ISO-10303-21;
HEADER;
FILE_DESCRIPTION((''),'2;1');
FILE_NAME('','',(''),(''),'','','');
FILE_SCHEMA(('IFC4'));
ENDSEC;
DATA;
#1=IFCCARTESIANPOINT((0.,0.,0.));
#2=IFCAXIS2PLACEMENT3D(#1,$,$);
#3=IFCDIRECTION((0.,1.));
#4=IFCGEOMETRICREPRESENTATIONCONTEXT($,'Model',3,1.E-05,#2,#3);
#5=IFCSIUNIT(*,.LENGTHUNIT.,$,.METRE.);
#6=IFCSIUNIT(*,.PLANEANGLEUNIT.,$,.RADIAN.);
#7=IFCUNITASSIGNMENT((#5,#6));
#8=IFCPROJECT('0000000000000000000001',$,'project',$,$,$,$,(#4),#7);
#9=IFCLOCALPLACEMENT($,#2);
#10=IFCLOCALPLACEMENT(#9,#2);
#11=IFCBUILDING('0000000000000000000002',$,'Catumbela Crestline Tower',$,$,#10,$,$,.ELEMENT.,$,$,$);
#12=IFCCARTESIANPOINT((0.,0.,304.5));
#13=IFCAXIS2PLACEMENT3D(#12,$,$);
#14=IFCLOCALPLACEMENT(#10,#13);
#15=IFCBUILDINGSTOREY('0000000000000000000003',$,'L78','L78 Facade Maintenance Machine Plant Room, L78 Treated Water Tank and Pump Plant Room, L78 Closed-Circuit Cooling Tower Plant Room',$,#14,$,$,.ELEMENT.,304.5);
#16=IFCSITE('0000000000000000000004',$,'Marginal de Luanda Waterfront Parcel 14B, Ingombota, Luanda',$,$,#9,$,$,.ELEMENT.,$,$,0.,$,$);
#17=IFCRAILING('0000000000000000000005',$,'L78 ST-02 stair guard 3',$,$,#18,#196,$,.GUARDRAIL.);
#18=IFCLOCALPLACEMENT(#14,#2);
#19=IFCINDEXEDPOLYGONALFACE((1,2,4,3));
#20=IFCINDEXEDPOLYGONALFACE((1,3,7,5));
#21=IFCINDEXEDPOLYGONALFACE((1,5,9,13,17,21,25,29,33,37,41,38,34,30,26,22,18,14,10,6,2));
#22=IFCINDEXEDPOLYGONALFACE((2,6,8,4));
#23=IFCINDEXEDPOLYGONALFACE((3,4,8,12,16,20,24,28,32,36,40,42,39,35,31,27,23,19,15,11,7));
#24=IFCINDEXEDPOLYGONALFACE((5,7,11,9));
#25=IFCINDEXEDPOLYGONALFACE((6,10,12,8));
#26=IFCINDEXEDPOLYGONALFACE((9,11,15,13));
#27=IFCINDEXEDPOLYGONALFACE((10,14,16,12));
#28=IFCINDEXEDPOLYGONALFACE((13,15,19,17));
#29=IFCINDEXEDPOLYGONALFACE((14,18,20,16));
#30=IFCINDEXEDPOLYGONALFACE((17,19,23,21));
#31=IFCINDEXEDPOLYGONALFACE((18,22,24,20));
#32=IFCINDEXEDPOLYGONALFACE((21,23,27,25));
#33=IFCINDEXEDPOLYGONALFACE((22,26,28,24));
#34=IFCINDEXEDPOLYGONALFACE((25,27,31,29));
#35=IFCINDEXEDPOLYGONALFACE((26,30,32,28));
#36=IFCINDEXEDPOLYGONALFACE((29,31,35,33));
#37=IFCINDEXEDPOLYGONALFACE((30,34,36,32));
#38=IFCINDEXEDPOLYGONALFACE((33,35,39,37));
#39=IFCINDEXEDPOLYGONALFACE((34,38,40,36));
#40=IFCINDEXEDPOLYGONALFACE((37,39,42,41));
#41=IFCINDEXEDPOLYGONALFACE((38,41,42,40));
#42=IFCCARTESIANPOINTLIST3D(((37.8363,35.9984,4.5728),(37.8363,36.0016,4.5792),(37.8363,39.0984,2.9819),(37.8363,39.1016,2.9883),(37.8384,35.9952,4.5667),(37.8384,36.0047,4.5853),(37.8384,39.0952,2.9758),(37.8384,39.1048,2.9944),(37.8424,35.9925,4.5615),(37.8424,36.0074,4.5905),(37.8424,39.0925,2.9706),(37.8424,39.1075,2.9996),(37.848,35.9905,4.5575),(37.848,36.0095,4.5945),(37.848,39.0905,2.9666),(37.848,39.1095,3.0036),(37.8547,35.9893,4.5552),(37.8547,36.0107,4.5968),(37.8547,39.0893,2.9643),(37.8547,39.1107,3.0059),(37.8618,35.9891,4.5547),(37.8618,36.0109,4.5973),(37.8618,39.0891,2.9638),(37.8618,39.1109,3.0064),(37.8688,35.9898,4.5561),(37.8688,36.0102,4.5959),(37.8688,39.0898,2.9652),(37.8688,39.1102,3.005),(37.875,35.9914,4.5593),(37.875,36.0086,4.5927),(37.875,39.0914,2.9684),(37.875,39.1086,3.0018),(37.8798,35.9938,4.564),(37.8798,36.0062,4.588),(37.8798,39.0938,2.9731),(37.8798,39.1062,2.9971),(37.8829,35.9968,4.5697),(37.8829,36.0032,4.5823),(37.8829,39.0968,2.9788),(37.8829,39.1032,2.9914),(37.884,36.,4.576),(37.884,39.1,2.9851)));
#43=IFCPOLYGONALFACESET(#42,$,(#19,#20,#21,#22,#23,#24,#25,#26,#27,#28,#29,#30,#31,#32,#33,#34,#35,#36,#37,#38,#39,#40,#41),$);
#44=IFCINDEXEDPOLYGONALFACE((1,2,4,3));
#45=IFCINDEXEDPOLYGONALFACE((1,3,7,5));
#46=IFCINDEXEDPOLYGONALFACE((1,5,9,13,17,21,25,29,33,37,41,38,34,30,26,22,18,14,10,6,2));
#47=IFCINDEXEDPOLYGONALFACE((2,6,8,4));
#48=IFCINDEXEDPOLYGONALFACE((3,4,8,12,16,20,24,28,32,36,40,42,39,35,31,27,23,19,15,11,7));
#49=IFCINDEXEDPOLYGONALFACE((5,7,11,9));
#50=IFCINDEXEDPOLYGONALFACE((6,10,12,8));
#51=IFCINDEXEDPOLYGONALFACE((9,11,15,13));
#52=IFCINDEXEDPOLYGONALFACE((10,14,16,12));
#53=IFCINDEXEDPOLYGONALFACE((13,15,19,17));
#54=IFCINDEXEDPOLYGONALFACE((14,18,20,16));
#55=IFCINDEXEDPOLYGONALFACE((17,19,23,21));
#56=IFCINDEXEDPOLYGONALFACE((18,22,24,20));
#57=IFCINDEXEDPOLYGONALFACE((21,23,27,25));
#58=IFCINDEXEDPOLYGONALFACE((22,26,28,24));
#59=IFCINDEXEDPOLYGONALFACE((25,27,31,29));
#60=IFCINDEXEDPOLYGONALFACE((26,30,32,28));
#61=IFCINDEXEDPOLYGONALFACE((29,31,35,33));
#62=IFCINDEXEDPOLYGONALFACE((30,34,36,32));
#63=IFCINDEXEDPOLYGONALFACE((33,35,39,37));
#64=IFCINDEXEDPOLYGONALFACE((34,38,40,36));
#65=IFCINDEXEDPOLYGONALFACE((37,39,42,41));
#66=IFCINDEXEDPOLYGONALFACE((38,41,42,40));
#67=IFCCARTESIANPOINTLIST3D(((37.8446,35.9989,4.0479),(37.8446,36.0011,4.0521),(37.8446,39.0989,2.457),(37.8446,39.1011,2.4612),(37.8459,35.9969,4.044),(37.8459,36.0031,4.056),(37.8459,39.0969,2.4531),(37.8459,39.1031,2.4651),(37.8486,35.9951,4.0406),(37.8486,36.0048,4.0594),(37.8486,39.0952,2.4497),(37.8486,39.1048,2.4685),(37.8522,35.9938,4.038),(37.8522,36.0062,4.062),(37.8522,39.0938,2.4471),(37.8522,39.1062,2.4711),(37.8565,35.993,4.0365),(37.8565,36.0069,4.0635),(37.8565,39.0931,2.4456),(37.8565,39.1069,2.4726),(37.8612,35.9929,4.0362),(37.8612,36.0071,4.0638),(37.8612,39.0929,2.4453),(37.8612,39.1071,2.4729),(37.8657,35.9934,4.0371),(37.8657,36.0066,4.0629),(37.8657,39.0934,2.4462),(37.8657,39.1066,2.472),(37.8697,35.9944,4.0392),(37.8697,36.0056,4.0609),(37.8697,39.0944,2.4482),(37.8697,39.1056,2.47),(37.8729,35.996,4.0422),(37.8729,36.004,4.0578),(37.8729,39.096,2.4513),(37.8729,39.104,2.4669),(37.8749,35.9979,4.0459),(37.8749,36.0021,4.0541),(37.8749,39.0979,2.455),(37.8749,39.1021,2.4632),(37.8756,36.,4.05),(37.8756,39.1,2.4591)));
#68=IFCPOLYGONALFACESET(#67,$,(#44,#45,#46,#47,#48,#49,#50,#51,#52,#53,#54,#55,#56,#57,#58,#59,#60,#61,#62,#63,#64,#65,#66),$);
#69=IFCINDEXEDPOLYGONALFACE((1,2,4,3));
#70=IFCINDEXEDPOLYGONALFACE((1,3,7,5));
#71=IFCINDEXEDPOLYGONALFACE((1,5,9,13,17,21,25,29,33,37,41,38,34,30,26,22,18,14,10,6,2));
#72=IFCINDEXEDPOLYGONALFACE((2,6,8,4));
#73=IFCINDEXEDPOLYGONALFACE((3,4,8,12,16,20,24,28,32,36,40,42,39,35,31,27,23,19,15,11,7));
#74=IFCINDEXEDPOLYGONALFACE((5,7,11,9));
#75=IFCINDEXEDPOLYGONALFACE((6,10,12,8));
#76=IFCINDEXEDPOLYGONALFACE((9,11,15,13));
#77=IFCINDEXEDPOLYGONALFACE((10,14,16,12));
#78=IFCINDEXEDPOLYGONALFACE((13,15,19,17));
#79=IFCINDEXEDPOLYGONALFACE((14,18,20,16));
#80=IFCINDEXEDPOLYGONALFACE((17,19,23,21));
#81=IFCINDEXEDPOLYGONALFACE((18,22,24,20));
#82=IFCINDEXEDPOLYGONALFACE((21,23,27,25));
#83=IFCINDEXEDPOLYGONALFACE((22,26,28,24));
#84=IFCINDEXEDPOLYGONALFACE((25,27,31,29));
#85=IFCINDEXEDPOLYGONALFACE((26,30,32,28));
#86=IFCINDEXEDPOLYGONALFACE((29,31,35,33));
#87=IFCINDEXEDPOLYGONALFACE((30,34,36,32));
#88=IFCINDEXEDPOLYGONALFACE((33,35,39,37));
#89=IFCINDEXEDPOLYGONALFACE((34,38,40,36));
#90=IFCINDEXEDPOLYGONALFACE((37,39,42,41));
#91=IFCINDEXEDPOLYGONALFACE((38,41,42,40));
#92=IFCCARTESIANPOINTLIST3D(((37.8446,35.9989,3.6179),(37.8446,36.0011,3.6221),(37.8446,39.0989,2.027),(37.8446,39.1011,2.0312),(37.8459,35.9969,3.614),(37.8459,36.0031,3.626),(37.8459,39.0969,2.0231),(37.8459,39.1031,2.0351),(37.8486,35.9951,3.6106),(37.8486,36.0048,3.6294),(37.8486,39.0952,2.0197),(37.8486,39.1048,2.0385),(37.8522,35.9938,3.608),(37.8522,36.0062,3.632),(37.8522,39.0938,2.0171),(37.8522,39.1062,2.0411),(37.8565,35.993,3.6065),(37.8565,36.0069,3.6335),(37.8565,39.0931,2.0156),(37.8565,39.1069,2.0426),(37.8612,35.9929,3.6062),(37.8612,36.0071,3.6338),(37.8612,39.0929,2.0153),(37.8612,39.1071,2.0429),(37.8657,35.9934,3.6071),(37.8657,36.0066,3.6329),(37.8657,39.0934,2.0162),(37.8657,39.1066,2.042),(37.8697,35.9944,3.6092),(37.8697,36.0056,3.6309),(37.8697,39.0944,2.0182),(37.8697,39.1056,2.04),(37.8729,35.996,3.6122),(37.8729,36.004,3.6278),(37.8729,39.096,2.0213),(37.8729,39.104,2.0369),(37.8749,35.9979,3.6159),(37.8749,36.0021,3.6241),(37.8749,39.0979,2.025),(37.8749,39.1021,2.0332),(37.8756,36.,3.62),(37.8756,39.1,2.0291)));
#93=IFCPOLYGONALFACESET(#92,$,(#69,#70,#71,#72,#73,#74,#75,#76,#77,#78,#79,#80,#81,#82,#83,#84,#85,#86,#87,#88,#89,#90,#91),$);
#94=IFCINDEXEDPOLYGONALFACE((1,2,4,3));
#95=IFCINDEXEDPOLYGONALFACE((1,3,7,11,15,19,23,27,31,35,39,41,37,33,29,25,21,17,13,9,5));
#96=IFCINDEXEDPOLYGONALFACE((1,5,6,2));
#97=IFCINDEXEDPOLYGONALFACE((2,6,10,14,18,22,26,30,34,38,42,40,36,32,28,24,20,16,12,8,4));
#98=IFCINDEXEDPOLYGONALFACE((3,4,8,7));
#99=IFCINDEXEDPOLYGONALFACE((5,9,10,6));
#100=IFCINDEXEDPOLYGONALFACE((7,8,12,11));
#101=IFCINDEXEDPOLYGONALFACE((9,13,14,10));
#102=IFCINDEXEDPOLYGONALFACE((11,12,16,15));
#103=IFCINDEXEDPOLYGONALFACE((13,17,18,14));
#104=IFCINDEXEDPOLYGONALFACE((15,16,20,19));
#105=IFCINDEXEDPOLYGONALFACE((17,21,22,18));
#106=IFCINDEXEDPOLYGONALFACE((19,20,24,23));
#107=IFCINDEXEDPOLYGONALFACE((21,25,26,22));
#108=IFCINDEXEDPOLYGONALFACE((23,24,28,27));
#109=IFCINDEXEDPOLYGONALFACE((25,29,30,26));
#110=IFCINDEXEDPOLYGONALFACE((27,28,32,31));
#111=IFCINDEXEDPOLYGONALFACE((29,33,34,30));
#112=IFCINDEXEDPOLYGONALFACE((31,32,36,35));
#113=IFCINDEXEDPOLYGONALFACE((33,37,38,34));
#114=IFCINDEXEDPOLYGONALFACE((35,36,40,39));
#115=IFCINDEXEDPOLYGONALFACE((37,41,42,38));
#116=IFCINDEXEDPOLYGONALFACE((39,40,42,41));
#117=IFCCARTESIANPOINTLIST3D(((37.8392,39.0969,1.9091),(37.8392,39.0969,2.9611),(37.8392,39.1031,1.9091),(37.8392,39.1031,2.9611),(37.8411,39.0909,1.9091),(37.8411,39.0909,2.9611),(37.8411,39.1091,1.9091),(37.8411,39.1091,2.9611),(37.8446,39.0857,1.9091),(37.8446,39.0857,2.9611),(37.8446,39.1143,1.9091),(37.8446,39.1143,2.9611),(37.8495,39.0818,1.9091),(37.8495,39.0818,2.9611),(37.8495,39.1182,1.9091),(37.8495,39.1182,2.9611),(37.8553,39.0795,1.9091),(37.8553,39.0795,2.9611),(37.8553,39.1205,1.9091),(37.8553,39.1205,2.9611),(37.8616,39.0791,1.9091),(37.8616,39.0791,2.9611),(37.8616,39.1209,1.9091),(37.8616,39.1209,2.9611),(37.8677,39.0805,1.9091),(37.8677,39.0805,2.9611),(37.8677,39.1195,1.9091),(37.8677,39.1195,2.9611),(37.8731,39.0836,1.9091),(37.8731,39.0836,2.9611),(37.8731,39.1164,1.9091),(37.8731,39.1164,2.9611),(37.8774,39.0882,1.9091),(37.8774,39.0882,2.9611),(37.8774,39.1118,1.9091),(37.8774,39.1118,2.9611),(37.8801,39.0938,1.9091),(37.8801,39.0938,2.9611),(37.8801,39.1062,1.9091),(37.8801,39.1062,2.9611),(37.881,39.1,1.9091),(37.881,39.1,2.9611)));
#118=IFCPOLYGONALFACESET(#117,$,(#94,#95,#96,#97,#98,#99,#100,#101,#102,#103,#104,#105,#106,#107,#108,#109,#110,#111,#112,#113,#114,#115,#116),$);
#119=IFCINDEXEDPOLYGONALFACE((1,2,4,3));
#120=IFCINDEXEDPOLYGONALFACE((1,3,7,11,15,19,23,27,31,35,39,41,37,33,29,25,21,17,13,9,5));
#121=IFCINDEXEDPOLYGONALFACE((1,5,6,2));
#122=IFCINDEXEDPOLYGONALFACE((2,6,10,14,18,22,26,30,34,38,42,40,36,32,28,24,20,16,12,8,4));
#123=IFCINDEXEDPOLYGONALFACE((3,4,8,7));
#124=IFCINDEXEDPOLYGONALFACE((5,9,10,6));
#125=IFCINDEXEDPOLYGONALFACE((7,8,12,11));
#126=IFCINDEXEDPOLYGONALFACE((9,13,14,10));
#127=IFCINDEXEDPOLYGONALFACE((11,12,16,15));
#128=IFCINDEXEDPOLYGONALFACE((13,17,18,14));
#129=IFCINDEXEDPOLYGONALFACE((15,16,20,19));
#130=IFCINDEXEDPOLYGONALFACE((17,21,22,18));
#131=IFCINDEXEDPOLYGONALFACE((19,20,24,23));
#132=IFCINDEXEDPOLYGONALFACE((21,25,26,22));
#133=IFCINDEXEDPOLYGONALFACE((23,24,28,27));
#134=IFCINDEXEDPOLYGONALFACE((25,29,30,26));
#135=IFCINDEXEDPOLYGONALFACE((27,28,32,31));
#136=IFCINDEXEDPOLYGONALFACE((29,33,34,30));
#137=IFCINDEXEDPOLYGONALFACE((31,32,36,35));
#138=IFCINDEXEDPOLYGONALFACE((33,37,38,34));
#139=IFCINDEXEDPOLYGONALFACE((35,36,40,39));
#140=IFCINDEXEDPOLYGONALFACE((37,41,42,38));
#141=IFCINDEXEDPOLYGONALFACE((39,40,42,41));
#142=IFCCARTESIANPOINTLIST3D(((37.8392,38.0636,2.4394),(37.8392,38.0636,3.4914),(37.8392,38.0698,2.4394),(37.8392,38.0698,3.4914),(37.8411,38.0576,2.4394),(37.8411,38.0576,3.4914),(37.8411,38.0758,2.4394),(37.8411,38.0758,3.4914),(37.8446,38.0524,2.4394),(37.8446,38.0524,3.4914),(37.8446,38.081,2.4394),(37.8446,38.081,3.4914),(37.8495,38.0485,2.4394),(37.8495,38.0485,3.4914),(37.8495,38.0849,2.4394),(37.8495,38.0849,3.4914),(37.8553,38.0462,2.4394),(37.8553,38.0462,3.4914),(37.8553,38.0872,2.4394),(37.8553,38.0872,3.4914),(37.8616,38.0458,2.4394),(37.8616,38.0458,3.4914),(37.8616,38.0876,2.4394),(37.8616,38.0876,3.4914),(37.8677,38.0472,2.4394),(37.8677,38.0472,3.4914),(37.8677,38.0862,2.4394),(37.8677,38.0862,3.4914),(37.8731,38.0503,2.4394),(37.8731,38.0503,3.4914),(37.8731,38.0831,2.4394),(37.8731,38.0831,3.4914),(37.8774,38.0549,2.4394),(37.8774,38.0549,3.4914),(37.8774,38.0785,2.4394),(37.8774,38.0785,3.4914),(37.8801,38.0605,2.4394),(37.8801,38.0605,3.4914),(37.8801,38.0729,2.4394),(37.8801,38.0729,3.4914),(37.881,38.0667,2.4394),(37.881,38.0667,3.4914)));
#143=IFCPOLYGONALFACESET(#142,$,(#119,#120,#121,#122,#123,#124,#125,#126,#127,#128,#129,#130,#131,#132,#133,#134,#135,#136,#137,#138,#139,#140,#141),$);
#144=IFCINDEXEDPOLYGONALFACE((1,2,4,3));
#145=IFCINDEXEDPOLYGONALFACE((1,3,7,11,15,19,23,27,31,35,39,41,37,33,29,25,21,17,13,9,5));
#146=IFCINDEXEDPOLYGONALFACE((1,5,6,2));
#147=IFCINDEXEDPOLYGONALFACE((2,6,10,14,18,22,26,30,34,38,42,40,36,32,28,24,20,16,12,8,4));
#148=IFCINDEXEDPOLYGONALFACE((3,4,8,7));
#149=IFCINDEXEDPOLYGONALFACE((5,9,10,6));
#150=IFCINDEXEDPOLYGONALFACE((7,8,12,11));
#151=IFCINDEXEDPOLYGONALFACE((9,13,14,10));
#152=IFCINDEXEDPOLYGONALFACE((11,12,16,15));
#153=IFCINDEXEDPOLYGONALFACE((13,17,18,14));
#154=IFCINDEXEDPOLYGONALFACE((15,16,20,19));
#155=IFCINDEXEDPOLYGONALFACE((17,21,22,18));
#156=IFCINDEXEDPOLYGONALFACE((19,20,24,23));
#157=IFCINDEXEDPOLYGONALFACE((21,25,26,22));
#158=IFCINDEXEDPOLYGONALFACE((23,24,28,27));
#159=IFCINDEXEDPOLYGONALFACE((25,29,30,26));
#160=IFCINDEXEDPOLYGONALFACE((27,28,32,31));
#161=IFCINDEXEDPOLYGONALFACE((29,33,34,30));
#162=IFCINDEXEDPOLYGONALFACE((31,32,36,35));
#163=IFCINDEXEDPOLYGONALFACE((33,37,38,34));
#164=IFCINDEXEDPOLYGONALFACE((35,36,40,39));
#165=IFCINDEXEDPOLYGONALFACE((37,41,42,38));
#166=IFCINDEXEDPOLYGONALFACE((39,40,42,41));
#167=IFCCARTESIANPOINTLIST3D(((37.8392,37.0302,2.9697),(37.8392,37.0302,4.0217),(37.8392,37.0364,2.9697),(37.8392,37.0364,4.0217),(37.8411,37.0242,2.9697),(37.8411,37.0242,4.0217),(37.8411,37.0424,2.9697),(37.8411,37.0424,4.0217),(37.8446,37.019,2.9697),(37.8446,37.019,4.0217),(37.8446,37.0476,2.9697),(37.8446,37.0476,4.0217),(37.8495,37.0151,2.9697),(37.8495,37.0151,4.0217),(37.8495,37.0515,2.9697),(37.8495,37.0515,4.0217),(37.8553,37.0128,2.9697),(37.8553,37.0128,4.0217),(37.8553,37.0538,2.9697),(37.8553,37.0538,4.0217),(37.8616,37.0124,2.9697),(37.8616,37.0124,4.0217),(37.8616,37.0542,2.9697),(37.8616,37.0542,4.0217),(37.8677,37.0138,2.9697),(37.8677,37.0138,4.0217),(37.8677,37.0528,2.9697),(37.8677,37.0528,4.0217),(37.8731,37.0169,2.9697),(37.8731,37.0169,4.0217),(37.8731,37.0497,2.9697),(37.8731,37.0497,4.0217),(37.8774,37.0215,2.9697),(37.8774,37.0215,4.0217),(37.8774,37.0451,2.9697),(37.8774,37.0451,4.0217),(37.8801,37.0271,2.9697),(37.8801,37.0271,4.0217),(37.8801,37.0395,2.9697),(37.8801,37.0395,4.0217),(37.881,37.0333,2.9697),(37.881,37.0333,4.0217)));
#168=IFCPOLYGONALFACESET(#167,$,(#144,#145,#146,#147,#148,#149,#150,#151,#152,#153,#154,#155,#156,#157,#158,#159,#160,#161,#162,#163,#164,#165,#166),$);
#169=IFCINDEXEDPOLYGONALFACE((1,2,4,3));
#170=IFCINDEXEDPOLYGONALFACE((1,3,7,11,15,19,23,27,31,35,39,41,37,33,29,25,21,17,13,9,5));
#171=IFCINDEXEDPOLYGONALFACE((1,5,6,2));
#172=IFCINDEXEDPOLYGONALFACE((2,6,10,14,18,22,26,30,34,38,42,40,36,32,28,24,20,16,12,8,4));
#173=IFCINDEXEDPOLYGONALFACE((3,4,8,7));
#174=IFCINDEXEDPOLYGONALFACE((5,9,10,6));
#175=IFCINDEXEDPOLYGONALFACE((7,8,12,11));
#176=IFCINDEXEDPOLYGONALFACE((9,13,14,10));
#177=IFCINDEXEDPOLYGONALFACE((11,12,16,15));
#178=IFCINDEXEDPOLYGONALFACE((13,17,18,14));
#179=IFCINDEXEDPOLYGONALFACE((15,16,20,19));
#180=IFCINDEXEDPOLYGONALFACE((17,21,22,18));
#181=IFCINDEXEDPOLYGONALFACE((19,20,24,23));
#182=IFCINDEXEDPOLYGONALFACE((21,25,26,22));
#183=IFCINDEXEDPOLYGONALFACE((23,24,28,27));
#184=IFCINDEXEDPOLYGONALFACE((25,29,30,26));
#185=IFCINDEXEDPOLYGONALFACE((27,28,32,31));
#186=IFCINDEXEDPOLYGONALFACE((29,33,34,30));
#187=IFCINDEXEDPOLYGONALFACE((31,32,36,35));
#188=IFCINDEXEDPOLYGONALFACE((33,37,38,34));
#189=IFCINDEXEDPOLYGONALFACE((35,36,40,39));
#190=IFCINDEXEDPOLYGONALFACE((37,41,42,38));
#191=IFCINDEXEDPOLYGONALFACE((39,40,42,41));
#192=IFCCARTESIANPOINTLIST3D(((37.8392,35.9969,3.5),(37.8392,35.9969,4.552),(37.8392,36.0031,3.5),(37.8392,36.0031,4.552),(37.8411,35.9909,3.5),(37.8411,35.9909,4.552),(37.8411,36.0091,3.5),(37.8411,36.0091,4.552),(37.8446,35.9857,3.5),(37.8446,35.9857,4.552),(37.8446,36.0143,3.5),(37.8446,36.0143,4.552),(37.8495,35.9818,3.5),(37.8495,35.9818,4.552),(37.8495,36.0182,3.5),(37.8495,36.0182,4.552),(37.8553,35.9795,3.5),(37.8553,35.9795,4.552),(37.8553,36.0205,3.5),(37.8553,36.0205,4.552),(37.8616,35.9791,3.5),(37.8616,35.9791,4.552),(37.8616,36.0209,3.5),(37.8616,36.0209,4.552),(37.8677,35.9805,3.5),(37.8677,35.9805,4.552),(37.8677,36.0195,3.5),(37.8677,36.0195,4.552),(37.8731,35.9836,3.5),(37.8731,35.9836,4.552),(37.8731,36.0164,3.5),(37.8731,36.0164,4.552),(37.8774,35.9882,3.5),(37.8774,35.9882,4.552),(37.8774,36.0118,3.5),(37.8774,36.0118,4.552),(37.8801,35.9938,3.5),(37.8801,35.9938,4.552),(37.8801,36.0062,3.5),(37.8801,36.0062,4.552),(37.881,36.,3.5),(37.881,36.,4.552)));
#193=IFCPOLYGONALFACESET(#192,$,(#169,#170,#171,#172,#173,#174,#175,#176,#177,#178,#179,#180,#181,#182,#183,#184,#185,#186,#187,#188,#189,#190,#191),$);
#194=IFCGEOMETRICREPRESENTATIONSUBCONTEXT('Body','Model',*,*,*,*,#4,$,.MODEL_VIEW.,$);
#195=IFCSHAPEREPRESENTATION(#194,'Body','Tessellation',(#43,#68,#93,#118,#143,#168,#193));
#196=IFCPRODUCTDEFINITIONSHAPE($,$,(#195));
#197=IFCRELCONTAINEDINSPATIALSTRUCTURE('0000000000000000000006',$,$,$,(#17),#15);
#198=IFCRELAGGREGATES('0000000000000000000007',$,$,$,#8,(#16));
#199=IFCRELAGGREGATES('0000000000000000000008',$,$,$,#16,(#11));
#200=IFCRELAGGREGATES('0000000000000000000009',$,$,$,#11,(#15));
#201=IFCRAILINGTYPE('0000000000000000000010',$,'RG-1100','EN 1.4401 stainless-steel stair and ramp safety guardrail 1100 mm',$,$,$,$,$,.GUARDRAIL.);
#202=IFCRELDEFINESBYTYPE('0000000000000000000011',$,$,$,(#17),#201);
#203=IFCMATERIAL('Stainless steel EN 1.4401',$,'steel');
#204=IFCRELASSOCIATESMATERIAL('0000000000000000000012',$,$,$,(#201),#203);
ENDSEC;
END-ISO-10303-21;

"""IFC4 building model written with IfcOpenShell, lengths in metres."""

from ifc_helpers import new_model, si_unit, direction, frame, origin, origin_2d, place, context, subcontext, project, spatial, circle, extrude, material, type_object, element, save


model = new_model("IFC4")

# Units and contexts
model_context = context("Model", 3, precision=1e-05, world=origin(), true_north=direction((0.0, 1.0)))
body_context = subcontext(model_context, "Body", "Model", "MODEL_VIEW")
ifc_project = project(units=[si_unit("LENGTHUNIT", "METRE"), si_unit("PLANEANGLEUNIT", "RADIAN")], contexts=[model_context])

# Site, building, storey
site_placement = place(None, origin())
site = spatial("IfcSite", under=ifc_project, at=site_placement, Name="Marginal de Luanda Waterfront Parcel 14B, Ingombota, Luanda", CompositionType="ELEMENT", RefElevation=0.0)
building_placement = place(site_placement, origin())
building = spatial("IfcBuilding", under=site, at=building_placement, Name="Catumbela Crestline Tower", CompositionType="ELEMENT")
storey_placement = place(building_placement, frame((0.0, 0.0, 304.5)))
storey = spatial("IfcBuildingStorey", under=building, at=storey_placement, Name="L78", Description="L78 Facade Maintenance Machine Plant Room, L78 Treated Water Tank and Pump Plant Room, L78 Closed-Circuit Cooling Tower Plant Room", CompositionType="ELEMENT", Elevation=304.5)

# Railing
ifc_material_1 = material(Name="Stainless steel EN 1.4401", Category="steel")
railing_type_1 = type_object("IfcRailingType", Name="RG-1100", Description="EN 1.4401 stainless-steel stair and ramp safety guardrail 1100 mm", PredefinedType="GUARDRAIL", material=ifc_material_1)
railing_1_placement = place(storey_placement, frame((37.86, 39.1, 1.9091)))
element("IfcRailing", 1, at=railing_1_placement, inside=storey, type_object=railing_type_1, Name="L78 ST-02 stair guard 3", PredefinedType="GUARDRAIL", context=body_context, shape_type="SweptSolid", body=[
    extrude(circle(Radius=0.024, at=origin_2d()), frame((0.0, 0.0, 1.076), z_axis=(0.0, -0.889683, 0.456579), x_axis=(1.0, 0.0, 0.0)), (0.0, 0.0, 1.0), 3.4844),
    extrude(circle(Radius=0.0156, at=origin_2d()), frame((0.0, 0.0, 0.55), z_axis=(0.0, -0.889683, 0.456579), x_axis=(1.0, 0.0, 0.0)), (0.0, 0.0, 1.0), 3.4844),
    extrude(circle(Radius=0.0156, at=origin_2d()), frame((0.0, 0.0, 0.12), z_axis=(0.0, -0.889683, 0.456579), x_axis=(1.0, 0.0, 0.0)), (0.0, 0.0, 1.0), 3.4844),
    extrude(circle(Radius=0.021, at=origin_2d()), origin(), (0.0, 0.0, 1.0), 1.052),
    extrude(circle(Radius=0.021, at=origin_2d()), frame((0.0, -1.0333, 0.5303)), (0.0, 0.0, 1.0), 1.052),
    extrude(circle(Radius=0.021, at=origin_2d()), frame((0.0, -2.0667, 1.0606)), (0.0, 0.0, 1.0), 1.052),
    extrude(circle(Radius=0.021, at=origin_2d()), frame((0.0, -3.1, 1.5909)), (0.0, 0.0, 1.0), 1.052),
])

save(model, "model.ifc")
